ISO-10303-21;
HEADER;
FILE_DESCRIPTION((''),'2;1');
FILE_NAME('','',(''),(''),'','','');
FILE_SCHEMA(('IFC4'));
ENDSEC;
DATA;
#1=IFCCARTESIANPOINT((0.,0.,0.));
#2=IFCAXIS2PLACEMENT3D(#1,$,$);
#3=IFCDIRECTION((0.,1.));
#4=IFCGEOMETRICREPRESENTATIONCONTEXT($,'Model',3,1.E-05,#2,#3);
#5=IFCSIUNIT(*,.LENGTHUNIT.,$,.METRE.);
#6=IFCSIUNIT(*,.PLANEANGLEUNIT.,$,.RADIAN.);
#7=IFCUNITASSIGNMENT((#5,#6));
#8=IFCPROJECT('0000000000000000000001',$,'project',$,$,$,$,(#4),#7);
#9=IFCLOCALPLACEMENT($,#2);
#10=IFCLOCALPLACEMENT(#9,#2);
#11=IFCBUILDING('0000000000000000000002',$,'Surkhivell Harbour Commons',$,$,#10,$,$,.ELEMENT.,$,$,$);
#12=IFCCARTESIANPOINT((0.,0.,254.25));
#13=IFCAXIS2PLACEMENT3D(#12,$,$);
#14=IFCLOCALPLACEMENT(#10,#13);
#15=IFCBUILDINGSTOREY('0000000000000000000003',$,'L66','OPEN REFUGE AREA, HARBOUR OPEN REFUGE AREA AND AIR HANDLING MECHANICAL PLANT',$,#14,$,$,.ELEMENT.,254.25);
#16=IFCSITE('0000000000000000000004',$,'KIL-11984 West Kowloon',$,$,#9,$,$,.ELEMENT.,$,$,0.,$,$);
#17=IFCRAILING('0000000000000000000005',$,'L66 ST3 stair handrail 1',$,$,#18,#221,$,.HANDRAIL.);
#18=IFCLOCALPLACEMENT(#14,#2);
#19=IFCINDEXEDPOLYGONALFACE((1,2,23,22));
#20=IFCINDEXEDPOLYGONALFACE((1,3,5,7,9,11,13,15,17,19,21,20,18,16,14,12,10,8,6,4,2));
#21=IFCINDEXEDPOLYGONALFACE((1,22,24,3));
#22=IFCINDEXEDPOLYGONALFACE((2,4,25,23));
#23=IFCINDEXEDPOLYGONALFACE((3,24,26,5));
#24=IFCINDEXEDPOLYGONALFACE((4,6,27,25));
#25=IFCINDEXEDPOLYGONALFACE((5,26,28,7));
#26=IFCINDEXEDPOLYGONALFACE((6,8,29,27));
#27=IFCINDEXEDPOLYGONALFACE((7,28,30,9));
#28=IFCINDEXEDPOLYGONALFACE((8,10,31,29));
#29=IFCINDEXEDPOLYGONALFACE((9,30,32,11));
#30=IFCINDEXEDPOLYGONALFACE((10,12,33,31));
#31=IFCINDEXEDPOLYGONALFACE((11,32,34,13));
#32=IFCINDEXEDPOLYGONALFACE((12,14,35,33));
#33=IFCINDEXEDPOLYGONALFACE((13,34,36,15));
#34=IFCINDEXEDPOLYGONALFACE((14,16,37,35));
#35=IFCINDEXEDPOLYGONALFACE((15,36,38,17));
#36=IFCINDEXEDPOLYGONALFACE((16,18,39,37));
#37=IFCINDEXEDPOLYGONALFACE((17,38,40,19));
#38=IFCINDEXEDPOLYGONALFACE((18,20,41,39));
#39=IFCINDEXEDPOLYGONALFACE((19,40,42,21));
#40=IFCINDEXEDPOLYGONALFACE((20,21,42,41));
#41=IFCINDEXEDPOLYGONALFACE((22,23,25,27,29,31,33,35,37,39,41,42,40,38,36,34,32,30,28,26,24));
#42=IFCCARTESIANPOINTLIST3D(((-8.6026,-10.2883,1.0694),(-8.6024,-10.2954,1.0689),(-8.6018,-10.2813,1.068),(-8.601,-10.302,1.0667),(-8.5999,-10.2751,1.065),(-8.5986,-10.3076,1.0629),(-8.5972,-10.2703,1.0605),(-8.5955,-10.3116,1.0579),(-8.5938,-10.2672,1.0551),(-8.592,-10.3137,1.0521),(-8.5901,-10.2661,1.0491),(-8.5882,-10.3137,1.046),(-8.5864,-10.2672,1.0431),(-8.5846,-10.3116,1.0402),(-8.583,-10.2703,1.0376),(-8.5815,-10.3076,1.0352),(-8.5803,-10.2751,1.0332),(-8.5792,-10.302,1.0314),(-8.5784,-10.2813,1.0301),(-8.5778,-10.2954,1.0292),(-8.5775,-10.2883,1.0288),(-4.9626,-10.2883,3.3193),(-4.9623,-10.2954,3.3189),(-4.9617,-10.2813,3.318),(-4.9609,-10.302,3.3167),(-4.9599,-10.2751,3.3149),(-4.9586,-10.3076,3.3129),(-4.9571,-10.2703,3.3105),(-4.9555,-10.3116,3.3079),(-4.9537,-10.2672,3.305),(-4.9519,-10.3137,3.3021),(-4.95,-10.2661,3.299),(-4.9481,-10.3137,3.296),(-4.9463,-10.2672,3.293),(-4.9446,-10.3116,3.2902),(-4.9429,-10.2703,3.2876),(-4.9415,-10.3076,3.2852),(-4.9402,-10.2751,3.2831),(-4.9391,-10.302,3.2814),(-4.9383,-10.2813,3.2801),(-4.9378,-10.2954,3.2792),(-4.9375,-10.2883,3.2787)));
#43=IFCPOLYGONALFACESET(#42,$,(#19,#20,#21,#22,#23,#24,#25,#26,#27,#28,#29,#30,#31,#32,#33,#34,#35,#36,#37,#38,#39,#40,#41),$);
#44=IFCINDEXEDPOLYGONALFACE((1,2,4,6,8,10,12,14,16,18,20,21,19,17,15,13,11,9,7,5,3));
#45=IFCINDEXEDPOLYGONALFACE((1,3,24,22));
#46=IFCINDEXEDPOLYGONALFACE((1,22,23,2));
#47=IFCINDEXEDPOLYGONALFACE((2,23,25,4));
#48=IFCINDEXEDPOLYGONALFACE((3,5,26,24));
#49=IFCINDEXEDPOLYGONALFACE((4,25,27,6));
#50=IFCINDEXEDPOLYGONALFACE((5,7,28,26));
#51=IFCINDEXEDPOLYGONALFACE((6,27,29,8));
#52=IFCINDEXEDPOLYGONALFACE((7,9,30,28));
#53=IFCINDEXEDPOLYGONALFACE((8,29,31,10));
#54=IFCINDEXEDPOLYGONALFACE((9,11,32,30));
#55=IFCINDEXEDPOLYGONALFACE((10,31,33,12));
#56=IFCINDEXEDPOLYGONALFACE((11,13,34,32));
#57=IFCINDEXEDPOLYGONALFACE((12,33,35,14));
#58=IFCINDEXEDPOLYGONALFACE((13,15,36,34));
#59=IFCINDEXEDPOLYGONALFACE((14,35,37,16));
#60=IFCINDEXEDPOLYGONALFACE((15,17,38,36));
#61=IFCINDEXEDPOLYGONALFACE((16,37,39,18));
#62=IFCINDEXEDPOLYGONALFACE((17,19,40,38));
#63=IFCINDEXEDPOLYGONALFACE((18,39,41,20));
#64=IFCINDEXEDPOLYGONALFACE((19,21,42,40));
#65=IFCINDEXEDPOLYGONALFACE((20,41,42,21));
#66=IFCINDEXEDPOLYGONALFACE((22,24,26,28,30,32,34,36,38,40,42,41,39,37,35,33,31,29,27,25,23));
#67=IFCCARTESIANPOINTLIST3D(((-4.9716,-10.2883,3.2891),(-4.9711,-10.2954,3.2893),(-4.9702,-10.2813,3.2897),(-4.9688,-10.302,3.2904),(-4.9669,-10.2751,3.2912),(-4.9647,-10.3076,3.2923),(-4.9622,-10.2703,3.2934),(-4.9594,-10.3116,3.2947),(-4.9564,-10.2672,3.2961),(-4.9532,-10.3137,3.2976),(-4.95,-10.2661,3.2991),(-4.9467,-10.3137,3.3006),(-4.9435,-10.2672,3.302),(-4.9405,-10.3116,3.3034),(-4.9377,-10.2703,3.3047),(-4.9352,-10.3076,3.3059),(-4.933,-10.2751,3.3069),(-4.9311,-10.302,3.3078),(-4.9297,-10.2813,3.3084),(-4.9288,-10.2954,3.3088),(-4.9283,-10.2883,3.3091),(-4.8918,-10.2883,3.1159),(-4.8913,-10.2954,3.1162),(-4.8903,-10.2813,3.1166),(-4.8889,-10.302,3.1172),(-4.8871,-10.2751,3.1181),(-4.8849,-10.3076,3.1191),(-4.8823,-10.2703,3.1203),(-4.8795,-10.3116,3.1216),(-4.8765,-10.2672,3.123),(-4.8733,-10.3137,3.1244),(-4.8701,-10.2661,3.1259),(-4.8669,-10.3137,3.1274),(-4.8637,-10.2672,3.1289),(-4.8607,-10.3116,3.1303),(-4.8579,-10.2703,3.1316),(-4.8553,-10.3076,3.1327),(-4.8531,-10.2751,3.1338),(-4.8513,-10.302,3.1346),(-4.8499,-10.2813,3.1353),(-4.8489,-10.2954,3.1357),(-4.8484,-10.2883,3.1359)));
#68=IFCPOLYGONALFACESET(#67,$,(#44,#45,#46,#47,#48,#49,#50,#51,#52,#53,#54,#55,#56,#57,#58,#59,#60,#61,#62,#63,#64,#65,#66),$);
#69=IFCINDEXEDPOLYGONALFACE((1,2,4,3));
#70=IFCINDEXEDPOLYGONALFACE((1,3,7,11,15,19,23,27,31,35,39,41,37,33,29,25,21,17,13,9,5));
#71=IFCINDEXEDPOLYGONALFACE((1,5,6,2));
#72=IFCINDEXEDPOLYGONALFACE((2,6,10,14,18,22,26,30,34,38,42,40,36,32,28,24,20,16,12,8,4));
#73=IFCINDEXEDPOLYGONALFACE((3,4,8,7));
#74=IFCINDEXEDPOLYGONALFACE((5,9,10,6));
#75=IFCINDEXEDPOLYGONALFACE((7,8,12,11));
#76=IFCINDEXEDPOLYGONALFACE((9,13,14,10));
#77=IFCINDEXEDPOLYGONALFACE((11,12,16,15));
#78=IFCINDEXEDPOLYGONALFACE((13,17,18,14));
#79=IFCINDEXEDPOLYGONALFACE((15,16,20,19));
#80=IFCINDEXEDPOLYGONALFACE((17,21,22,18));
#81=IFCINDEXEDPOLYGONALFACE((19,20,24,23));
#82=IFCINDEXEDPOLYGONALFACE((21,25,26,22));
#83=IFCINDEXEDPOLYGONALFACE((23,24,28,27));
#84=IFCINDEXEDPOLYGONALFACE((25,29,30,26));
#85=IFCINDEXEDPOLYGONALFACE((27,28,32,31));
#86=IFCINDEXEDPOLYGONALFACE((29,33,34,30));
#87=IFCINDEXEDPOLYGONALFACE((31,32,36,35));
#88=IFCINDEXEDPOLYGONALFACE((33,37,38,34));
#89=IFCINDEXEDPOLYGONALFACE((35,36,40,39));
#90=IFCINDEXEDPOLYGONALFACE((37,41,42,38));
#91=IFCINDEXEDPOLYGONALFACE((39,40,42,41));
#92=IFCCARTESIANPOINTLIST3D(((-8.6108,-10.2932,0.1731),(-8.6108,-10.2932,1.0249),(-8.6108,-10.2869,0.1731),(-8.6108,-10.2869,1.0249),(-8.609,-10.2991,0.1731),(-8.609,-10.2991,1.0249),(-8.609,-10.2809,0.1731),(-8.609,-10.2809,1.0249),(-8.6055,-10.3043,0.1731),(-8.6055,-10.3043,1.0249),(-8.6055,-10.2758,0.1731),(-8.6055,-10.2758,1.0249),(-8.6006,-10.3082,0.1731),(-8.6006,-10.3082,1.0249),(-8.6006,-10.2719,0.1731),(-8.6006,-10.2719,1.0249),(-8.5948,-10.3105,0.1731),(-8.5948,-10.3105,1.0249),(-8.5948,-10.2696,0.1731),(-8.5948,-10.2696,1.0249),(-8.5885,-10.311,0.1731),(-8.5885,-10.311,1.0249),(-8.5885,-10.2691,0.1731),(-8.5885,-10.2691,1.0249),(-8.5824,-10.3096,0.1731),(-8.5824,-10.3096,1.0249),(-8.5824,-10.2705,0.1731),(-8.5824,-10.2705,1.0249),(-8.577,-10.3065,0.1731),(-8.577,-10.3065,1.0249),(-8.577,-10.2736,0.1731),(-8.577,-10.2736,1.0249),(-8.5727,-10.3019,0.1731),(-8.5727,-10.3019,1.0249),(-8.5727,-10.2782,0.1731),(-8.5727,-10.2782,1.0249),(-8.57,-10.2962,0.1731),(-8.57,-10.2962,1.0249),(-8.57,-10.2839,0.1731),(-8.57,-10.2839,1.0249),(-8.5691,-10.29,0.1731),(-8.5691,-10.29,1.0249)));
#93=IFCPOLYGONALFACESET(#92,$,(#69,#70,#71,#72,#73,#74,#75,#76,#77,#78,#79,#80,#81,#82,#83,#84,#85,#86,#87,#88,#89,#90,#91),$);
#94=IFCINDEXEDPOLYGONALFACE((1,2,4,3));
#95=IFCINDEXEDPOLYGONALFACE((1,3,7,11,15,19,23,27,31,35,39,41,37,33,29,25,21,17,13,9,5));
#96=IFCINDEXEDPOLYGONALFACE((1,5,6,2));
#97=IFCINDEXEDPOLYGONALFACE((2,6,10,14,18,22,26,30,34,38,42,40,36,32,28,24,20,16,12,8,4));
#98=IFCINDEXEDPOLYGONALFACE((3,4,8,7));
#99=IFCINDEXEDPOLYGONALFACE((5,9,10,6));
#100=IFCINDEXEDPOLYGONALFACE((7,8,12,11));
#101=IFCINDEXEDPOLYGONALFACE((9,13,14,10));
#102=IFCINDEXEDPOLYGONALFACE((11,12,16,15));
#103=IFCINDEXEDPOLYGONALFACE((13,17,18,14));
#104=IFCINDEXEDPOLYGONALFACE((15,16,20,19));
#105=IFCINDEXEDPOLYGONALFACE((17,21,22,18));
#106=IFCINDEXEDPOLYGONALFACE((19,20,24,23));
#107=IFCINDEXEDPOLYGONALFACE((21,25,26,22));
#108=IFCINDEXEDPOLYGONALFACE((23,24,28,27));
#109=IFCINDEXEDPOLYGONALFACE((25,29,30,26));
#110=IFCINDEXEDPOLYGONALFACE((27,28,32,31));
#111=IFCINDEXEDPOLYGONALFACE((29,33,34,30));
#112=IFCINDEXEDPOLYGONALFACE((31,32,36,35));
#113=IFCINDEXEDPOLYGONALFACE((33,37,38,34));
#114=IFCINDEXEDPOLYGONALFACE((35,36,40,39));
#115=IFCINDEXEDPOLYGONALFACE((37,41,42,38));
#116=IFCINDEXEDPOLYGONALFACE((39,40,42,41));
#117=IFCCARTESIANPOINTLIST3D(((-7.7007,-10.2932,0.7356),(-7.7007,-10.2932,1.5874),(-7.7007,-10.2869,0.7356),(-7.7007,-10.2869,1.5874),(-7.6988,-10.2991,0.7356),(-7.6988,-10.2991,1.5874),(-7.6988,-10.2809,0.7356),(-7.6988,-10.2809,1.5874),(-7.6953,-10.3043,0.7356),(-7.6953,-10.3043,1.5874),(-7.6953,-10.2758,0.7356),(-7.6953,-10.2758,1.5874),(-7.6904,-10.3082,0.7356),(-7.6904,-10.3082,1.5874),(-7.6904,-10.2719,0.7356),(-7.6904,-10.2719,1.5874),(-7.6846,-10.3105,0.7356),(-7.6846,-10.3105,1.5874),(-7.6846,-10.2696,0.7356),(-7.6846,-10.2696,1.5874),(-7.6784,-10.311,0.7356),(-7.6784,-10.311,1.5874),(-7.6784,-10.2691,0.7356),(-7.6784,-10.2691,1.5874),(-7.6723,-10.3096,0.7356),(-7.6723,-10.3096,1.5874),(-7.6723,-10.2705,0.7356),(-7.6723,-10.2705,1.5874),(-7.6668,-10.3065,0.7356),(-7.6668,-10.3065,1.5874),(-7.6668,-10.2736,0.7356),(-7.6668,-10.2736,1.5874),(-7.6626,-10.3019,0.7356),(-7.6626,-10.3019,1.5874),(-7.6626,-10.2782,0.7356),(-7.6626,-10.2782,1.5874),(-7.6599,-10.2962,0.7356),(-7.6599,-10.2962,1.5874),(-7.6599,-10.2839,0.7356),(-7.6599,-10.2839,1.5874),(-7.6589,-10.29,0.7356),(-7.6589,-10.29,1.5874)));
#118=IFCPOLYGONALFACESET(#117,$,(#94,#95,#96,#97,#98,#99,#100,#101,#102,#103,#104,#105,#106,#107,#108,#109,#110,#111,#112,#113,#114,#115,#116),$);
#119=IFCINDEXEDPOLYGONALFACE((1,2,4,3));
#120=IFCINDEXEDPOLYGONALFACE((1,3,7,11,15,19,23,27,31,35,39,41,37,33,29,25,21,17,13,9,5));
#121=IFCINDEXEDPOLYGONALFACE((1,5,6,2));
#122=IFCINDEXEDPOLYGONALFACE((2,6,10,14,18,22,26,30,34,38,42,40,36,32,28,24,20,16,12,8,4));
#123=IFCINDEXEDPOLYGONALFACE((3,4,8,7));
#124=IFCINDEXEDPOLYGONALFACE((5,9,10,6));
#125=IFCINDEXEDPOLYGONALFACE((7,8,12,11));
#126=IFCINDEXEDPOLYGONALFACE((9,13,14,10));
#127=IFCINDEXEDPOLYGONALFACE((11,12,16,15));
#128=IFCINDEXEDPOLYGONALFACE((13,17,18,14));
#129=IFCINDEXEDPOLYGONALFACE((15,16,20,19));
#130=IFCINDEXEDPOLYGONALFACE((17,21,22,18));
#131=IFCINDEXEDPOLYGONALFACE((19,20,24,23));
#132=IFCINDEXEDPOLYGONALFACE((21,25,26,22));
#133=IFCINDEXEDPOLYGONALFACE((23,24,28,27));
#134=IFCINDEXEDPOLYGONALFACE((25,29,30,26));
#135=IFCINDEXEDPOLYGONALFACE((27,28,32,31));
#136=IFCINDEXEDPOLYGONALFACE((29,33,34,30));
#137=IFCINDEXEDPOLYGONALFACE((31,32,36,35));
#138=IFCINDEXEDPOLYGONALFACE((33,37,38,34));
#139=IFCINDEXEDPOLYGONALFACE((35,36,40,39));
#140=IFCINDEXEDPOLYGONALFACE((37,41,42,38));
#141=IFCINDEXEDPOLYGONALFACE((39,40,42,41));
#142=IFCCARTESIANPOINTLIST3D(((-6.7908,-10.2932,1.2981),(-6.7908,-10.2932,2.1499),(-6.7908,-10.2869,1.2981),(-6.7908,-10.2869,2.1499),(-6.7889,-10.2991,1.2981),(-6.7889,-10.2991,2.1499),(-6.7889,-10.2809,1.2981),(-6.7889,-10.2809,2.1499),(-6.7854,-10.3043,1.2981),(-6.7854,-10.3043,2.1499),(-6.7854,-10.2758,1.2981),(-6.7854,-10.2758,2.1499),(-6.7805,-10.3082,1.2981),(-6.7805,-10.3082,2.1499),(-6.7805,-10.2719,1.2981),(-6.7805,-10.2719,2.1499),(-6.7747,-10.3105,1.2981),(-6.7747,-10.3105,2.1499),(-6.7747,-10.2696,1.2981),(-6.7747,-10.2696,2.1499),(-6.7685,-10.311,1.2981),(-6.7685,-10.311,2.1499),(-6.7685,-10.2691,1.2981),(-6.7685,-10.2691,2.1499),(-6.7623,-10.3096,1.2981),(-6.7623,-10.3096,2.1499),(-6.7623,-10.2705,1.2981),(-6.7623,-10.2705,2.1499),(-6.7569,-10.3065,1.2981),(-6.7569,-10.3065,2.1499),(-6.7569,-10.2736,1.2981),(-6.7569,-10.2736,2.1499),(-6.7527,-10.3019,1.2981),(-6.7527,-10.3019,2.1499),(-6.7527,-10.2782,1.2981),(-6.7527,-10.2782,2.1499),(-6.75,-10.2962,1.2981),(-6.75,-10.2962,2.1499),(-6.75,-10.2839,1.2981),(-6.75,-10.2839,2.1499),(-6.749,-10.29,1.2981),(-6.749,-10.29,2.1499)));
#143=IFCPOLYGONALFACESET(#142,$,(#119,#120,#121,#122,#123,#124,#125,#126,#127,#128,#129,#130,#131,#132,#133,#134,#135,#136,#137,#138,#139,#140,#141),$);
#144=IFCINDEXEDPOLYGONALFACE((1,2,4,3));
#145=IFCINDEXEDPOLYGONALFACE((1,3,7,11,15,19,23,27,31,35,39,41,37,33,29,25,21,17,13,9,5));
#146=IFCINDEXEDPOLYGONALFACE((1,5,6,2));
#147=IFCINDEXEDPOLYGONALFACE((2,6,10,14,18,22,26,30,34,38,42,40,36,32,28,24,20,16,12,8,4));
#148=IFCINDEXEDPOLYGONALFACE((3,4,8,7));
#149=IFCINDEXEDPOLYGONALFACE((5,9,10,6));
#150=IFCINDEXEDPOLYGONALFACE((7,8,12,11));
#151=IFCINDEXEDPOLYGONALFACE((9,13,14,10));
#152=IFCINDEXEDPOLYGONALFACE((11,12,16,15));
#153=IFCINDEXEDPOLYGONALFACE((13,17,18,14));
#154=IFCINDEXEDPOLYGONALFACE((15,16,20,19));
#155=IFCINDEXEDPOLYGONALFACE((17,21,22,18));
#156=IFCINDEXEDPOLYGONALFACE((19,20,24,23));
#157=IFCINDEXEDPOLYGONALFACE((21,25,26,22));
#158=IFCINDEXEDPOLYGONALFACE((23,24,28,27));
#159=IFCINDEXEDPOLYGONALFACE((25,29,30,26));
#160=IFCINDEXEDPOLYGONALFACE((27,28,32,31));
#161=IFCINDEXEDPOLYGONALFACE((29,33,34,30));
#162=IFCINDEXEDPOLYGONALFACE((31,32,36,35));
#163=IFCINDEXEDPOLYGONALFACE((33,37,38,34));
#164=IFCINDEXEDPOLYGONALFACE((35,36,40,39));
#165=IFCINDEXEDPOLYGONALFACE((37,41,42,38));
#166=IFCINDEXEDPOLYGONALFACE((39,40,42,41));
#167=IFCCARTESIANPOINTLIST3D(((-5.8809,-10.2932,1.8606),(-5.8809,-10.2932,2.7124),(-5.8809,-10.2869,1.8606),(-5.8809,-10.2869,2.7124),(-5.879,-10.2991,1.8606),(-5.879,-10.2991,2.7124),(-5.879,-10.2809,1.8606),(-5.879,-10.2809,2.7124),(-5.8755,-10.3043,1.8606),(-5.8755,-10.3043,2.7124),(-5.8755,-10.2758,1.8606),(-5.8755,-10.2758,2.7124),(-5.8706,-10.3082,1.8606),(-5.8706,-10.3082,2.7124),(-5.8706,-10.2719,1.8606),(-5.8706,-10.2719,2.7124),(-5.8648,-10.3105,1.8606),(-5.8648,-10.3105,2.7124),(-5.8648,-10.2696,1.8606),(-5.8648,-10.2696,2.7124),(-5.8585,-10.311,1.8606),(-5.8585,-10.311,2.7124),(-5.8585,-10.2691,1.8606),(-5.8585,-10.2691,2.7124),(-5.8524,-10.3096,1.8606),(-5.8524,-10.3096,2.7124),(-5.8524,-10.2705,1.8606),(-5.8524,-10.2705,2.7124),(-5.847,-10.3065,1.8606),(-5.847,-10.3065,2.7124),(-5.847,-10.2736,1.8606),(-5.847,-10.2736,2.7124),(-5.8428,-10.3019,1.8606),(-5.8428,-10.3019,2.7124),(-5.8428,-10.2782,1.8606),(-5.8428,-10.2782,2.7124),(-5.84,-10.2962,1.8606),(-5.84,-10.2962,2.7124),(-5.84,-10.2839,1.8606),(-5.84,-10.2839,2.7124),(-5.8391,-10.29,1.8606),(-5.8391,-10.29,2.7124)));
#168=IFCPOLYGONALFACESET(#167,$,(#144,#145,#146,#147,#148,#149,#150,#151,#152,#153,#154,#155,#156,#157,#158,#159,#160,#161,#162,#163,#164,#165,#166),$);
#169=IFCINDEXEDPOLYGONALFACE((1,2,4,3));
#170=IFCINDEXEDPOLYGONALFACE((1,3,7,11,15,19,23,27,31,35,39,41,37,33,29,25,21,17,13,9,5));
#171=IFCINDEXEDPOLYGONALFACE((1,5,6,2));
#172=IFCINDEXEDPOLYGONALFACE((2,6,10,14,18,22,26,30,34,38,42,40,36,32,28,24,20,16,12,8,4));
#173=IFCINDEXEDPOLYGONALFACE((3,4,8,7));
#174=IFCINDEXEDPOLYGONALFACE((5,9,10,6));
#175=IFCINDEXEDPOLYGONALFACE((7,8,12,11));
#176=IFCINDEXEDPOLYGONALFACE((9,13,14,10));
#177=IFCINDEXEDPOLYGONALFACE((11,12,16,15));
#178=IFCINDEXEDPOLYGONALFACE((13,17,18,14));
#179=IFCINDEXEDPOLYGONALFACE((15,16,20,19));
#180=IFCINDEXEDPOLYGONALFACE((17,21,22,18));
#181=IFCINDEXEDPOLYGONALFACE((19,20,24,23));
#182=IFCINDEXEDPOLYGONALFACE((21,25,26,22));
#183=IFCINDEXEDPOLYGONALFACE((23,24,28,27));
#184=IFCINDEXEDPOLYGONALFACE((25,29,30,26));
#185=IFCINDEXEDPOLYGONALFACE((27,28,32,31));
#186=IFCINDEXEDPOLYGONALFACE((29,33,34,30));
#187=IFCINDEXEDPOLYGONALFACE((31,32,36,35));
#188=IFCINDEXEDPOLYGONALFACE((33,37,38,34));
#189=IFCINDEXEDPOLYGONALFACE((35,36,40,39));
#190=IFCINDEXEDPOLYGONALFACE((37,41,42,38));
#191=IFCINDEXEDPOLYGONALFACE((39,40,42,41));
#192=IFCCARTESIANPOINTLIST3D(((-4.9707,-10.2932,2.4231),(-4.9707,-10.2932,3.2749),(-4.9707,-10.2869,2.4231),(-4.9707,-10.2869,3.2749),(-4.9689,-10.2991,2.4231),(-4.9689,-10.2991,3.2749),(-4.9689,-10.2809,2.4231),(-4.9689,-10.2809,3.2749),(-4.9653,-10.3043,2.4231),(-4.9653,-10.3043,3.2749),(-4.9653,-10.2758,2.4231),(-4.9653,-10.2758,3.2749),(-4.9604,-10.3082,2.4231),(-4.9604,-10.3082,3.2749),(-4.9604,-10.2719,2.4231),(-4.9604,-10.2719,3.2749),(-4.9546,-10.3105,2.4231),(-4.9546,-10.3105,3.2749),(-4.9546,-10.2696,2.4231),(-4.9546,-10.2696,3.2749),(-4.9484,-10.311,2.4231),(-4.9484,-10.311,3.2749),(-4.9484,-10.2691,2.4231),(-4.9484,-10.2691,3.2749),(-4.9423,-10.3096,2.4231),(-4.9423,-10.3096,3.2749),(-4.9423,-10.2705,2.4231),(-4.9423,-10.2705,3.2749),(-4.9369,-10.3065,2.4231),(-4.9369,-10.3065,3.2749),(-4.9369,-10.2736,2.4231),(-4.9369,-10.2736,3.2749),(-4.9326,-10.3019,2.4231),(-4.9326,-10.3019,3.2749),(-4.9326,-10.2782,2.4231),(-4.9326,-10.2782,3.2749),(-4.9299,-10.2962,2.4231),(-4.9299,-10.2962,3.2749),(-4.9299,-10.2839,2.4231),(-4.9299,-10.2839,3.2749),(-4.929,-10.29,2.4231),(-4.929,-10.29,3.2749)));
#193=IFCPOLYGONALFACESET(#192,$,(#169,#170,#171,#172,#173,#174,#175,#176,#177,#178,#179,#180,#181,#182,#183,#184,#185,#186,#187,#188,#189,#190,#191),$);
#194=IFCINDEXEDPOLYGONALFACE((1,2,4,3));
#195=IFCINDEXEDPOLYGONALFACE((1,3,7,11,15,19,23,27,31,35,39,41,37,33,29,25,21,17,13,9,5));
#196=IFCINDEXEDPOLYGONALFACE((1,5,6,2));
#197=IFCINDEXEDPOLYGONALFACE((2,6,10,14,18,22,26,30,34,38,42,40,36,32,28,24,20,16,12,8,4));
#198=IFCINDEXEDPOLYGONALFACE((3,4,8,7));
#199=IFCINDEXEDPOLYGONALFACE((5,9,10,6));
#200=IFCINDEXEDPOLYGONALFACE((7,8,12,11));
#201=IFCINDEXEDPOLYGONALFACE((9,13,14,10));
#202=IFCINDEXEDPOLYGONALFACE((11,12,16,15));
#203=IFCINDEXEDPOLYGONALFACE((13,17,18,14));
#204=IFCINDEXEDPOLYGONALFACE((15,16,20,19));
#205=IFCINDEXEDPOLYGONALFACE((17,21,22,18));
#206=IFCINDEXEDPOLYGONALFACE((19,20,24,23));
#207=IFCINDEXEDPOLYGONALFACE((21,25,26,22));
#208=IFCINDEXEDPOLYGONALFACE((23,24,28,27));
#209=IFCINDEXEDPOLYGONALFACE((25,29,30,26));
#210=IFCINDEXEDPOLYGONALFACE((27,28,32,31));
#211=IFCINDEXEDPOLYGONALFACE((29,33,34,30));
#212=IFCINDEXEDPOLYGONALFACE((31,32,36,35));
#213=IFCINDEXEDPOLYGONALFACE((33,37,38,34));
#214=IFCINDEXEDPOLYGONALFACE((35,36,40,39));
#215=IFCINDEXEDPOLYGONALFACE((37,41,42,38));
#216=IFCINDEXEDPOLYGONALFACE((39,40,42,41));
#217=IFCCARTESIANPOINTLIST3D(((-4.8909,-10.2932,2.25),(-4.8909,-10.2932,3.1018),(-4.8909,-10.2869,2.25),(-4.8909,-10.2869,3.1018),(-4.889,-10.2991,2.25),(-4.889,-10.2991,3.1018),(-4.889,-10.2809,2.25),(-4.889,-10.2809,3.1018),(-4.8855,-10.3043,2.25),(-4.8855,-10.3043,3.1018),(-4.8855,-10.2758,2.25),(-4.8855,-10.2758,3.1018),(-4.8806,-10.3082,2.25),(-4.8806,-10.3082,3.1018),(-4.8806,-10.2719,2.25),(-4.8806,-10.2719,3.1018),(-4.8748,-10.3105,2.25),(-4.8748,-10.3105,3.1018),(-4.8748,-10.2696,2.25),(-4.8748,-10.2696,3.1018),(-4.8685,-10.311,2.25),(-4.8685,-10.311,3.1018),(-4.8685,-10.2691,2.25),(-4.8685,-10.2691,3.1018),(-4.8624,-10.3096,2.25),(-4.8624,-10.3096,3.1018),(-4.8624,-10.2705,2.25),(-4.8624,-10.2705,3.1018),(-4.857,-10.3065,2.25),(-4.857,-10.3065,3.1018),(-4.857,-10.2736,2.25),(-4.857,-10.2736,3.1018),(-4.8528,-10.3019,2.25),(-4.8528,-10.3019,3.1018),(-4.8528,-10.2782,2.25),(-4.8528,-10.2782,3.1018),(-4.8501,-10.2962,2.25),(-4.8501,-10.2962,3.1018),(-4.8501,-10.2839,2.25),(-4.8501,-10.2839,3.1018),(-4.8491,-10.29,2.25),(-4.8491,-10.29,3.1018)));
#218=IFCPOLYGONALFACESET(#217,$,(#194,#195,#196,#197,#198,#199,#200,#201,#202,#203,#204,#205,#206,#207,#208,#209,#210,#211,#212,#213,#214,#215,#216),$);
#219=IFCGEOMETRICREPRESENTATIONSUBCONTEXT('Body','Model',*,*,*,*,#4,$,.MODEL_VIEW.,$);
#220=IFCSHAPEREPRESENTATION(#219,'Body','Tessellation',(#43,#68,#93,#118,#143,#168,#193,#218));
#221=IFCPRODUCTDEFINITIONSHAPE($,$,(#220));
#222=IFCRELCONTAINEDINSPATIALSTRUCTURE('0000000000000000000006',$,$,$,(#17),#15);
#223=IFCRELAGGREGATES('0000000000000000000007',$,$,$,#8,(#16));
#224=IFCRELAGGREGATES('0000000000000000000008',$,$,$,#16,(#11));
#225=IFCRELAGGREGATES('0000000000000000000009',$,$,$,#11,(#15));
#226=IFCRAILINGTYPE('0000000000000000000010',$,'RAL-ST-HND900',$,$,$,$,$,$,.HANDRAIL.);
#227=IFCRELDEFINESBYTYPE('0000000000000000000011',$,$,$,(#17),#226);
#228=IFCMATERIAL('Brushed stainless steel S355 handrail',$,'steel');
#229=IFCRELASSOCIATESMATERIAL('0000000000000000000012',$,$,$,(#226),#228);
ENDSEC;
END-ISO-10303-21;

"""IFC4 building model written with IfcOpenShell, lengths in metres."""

from ifc_helpers import new_model, si_unit, direction, frame, origin, origin_2d, place, context, subcontext, project, spatial, circle, extrude, material, type_object, element, save


model = new_model("IFC4")

# Units and contexts
model_context = context("Model", 3, precision=1e-05, world=origin(), true_north=direction((0.0, 1.0)))
body_context = subcontext(model_context, "Body", "Model", "MODEL_VIEW")
ifc_project = project(units=[si_unit("LENGTHUNIT", "METRE"), si_unit("PLANEANGLEUNIT", "RADIAN")], contexts=[model_context])

# Site, building, storey
site_placement = place(None, origin())
site = spatial("IfcSite", under=ifc_project, at=site_placement, Name="KIL-11984 West Kowloon", CompositionType="ELEMENT", RefElevation=0.0)
building_placement = place(site_placement, origin())
building = spatial("IfcBuilding", under=site, at=building_placement, Name="Surkhivell Harbour Commons", CompositionType="ELEMENT")
storey_placement = place(building_placement, frame((0.0, 0.0, 254.25)))
storey = spatial("IfcBuildingStorey", under=building, at=storey_placement, Name="L66", Description="OPEN REFUGE AREA, HARBOUR OPEN REFUGE AREA AND AIR HANDLING MECHANICAL PLANT", CompositionType="ELEMENT", Elevation=254.25)

# Railing
ifc_material_1 = material(Name="Brushed stainless steel S355 handrail", Category="steel")
railing_type_1 = type_object("IfcRailingType", Name="RAL-ST-HND900", PredefinedType="HANDRAIL", material=ifc_material_1)
railing_1_placement = place(storey_placement, frame((-8.5901, -10.29, 0.1731)))
element("IfcRailing", 1, at=railing_1_placement, inside=storey, type_object=railing_type_1, Name="L66 ST3 stair handrail 1", PredefinedType="HANDRAIL", context=body_context, shape_type="SweptSolid", body=[
    extrude(circle(Radius=0.0239, at=origin_2d()), frame((0.0, 0.0, 0.876), z_axis=(0.850622, 0.0, 0.525777), x_axis=(0.0, 1.0, 0.0)), (0.0, 0.0, 1.0), 4.2793),
    extrude(circle(Radius=0.0239, at=origin_2d()), frame((3.6401, 0.0, 3.126), z_axis=(0.418815, 0.0, -0.908072), x_axis=(0.0, 1.0, 0.0)), (0.0, 0.0, 1.0), 0.1907),
    extrude(circle(Radius=0.021, at=origin_2d()), origin(), (0.0, 0.0, 1.0), 0.8518),
    extrude(circle(Radius=0.021, at=origin_2d()), frame((0.9102, 0.0, 0.5625)), (0.0, 0.0, 1.0), 0.8518),
    extrude(circle(Radius=0.021, at=origin_2d()), frame((1.8201, 0.0, 1.125)), (0.0, 0.0, 1.0), 0.8518),
    extrude(circle(Radius=0.021, at=origin_2d()), frame((2.73, 0.0, 1.6875)), (0.0, 0.0, 1.0), 0.8518),
    extrude(circle(Radius=0.021, at=origin_2d()), frame((3.6401, 0.0, 2.25)), (0.0, 0.0, 1.0), 0.8518),
    extrude(circle(Radius=0.021, at=origin_2d()), frame((3.72, 0.0, 2.0769)), (0.0, 0.0, 1.0), 0.8518),
])

save(model, "model.ifc")
